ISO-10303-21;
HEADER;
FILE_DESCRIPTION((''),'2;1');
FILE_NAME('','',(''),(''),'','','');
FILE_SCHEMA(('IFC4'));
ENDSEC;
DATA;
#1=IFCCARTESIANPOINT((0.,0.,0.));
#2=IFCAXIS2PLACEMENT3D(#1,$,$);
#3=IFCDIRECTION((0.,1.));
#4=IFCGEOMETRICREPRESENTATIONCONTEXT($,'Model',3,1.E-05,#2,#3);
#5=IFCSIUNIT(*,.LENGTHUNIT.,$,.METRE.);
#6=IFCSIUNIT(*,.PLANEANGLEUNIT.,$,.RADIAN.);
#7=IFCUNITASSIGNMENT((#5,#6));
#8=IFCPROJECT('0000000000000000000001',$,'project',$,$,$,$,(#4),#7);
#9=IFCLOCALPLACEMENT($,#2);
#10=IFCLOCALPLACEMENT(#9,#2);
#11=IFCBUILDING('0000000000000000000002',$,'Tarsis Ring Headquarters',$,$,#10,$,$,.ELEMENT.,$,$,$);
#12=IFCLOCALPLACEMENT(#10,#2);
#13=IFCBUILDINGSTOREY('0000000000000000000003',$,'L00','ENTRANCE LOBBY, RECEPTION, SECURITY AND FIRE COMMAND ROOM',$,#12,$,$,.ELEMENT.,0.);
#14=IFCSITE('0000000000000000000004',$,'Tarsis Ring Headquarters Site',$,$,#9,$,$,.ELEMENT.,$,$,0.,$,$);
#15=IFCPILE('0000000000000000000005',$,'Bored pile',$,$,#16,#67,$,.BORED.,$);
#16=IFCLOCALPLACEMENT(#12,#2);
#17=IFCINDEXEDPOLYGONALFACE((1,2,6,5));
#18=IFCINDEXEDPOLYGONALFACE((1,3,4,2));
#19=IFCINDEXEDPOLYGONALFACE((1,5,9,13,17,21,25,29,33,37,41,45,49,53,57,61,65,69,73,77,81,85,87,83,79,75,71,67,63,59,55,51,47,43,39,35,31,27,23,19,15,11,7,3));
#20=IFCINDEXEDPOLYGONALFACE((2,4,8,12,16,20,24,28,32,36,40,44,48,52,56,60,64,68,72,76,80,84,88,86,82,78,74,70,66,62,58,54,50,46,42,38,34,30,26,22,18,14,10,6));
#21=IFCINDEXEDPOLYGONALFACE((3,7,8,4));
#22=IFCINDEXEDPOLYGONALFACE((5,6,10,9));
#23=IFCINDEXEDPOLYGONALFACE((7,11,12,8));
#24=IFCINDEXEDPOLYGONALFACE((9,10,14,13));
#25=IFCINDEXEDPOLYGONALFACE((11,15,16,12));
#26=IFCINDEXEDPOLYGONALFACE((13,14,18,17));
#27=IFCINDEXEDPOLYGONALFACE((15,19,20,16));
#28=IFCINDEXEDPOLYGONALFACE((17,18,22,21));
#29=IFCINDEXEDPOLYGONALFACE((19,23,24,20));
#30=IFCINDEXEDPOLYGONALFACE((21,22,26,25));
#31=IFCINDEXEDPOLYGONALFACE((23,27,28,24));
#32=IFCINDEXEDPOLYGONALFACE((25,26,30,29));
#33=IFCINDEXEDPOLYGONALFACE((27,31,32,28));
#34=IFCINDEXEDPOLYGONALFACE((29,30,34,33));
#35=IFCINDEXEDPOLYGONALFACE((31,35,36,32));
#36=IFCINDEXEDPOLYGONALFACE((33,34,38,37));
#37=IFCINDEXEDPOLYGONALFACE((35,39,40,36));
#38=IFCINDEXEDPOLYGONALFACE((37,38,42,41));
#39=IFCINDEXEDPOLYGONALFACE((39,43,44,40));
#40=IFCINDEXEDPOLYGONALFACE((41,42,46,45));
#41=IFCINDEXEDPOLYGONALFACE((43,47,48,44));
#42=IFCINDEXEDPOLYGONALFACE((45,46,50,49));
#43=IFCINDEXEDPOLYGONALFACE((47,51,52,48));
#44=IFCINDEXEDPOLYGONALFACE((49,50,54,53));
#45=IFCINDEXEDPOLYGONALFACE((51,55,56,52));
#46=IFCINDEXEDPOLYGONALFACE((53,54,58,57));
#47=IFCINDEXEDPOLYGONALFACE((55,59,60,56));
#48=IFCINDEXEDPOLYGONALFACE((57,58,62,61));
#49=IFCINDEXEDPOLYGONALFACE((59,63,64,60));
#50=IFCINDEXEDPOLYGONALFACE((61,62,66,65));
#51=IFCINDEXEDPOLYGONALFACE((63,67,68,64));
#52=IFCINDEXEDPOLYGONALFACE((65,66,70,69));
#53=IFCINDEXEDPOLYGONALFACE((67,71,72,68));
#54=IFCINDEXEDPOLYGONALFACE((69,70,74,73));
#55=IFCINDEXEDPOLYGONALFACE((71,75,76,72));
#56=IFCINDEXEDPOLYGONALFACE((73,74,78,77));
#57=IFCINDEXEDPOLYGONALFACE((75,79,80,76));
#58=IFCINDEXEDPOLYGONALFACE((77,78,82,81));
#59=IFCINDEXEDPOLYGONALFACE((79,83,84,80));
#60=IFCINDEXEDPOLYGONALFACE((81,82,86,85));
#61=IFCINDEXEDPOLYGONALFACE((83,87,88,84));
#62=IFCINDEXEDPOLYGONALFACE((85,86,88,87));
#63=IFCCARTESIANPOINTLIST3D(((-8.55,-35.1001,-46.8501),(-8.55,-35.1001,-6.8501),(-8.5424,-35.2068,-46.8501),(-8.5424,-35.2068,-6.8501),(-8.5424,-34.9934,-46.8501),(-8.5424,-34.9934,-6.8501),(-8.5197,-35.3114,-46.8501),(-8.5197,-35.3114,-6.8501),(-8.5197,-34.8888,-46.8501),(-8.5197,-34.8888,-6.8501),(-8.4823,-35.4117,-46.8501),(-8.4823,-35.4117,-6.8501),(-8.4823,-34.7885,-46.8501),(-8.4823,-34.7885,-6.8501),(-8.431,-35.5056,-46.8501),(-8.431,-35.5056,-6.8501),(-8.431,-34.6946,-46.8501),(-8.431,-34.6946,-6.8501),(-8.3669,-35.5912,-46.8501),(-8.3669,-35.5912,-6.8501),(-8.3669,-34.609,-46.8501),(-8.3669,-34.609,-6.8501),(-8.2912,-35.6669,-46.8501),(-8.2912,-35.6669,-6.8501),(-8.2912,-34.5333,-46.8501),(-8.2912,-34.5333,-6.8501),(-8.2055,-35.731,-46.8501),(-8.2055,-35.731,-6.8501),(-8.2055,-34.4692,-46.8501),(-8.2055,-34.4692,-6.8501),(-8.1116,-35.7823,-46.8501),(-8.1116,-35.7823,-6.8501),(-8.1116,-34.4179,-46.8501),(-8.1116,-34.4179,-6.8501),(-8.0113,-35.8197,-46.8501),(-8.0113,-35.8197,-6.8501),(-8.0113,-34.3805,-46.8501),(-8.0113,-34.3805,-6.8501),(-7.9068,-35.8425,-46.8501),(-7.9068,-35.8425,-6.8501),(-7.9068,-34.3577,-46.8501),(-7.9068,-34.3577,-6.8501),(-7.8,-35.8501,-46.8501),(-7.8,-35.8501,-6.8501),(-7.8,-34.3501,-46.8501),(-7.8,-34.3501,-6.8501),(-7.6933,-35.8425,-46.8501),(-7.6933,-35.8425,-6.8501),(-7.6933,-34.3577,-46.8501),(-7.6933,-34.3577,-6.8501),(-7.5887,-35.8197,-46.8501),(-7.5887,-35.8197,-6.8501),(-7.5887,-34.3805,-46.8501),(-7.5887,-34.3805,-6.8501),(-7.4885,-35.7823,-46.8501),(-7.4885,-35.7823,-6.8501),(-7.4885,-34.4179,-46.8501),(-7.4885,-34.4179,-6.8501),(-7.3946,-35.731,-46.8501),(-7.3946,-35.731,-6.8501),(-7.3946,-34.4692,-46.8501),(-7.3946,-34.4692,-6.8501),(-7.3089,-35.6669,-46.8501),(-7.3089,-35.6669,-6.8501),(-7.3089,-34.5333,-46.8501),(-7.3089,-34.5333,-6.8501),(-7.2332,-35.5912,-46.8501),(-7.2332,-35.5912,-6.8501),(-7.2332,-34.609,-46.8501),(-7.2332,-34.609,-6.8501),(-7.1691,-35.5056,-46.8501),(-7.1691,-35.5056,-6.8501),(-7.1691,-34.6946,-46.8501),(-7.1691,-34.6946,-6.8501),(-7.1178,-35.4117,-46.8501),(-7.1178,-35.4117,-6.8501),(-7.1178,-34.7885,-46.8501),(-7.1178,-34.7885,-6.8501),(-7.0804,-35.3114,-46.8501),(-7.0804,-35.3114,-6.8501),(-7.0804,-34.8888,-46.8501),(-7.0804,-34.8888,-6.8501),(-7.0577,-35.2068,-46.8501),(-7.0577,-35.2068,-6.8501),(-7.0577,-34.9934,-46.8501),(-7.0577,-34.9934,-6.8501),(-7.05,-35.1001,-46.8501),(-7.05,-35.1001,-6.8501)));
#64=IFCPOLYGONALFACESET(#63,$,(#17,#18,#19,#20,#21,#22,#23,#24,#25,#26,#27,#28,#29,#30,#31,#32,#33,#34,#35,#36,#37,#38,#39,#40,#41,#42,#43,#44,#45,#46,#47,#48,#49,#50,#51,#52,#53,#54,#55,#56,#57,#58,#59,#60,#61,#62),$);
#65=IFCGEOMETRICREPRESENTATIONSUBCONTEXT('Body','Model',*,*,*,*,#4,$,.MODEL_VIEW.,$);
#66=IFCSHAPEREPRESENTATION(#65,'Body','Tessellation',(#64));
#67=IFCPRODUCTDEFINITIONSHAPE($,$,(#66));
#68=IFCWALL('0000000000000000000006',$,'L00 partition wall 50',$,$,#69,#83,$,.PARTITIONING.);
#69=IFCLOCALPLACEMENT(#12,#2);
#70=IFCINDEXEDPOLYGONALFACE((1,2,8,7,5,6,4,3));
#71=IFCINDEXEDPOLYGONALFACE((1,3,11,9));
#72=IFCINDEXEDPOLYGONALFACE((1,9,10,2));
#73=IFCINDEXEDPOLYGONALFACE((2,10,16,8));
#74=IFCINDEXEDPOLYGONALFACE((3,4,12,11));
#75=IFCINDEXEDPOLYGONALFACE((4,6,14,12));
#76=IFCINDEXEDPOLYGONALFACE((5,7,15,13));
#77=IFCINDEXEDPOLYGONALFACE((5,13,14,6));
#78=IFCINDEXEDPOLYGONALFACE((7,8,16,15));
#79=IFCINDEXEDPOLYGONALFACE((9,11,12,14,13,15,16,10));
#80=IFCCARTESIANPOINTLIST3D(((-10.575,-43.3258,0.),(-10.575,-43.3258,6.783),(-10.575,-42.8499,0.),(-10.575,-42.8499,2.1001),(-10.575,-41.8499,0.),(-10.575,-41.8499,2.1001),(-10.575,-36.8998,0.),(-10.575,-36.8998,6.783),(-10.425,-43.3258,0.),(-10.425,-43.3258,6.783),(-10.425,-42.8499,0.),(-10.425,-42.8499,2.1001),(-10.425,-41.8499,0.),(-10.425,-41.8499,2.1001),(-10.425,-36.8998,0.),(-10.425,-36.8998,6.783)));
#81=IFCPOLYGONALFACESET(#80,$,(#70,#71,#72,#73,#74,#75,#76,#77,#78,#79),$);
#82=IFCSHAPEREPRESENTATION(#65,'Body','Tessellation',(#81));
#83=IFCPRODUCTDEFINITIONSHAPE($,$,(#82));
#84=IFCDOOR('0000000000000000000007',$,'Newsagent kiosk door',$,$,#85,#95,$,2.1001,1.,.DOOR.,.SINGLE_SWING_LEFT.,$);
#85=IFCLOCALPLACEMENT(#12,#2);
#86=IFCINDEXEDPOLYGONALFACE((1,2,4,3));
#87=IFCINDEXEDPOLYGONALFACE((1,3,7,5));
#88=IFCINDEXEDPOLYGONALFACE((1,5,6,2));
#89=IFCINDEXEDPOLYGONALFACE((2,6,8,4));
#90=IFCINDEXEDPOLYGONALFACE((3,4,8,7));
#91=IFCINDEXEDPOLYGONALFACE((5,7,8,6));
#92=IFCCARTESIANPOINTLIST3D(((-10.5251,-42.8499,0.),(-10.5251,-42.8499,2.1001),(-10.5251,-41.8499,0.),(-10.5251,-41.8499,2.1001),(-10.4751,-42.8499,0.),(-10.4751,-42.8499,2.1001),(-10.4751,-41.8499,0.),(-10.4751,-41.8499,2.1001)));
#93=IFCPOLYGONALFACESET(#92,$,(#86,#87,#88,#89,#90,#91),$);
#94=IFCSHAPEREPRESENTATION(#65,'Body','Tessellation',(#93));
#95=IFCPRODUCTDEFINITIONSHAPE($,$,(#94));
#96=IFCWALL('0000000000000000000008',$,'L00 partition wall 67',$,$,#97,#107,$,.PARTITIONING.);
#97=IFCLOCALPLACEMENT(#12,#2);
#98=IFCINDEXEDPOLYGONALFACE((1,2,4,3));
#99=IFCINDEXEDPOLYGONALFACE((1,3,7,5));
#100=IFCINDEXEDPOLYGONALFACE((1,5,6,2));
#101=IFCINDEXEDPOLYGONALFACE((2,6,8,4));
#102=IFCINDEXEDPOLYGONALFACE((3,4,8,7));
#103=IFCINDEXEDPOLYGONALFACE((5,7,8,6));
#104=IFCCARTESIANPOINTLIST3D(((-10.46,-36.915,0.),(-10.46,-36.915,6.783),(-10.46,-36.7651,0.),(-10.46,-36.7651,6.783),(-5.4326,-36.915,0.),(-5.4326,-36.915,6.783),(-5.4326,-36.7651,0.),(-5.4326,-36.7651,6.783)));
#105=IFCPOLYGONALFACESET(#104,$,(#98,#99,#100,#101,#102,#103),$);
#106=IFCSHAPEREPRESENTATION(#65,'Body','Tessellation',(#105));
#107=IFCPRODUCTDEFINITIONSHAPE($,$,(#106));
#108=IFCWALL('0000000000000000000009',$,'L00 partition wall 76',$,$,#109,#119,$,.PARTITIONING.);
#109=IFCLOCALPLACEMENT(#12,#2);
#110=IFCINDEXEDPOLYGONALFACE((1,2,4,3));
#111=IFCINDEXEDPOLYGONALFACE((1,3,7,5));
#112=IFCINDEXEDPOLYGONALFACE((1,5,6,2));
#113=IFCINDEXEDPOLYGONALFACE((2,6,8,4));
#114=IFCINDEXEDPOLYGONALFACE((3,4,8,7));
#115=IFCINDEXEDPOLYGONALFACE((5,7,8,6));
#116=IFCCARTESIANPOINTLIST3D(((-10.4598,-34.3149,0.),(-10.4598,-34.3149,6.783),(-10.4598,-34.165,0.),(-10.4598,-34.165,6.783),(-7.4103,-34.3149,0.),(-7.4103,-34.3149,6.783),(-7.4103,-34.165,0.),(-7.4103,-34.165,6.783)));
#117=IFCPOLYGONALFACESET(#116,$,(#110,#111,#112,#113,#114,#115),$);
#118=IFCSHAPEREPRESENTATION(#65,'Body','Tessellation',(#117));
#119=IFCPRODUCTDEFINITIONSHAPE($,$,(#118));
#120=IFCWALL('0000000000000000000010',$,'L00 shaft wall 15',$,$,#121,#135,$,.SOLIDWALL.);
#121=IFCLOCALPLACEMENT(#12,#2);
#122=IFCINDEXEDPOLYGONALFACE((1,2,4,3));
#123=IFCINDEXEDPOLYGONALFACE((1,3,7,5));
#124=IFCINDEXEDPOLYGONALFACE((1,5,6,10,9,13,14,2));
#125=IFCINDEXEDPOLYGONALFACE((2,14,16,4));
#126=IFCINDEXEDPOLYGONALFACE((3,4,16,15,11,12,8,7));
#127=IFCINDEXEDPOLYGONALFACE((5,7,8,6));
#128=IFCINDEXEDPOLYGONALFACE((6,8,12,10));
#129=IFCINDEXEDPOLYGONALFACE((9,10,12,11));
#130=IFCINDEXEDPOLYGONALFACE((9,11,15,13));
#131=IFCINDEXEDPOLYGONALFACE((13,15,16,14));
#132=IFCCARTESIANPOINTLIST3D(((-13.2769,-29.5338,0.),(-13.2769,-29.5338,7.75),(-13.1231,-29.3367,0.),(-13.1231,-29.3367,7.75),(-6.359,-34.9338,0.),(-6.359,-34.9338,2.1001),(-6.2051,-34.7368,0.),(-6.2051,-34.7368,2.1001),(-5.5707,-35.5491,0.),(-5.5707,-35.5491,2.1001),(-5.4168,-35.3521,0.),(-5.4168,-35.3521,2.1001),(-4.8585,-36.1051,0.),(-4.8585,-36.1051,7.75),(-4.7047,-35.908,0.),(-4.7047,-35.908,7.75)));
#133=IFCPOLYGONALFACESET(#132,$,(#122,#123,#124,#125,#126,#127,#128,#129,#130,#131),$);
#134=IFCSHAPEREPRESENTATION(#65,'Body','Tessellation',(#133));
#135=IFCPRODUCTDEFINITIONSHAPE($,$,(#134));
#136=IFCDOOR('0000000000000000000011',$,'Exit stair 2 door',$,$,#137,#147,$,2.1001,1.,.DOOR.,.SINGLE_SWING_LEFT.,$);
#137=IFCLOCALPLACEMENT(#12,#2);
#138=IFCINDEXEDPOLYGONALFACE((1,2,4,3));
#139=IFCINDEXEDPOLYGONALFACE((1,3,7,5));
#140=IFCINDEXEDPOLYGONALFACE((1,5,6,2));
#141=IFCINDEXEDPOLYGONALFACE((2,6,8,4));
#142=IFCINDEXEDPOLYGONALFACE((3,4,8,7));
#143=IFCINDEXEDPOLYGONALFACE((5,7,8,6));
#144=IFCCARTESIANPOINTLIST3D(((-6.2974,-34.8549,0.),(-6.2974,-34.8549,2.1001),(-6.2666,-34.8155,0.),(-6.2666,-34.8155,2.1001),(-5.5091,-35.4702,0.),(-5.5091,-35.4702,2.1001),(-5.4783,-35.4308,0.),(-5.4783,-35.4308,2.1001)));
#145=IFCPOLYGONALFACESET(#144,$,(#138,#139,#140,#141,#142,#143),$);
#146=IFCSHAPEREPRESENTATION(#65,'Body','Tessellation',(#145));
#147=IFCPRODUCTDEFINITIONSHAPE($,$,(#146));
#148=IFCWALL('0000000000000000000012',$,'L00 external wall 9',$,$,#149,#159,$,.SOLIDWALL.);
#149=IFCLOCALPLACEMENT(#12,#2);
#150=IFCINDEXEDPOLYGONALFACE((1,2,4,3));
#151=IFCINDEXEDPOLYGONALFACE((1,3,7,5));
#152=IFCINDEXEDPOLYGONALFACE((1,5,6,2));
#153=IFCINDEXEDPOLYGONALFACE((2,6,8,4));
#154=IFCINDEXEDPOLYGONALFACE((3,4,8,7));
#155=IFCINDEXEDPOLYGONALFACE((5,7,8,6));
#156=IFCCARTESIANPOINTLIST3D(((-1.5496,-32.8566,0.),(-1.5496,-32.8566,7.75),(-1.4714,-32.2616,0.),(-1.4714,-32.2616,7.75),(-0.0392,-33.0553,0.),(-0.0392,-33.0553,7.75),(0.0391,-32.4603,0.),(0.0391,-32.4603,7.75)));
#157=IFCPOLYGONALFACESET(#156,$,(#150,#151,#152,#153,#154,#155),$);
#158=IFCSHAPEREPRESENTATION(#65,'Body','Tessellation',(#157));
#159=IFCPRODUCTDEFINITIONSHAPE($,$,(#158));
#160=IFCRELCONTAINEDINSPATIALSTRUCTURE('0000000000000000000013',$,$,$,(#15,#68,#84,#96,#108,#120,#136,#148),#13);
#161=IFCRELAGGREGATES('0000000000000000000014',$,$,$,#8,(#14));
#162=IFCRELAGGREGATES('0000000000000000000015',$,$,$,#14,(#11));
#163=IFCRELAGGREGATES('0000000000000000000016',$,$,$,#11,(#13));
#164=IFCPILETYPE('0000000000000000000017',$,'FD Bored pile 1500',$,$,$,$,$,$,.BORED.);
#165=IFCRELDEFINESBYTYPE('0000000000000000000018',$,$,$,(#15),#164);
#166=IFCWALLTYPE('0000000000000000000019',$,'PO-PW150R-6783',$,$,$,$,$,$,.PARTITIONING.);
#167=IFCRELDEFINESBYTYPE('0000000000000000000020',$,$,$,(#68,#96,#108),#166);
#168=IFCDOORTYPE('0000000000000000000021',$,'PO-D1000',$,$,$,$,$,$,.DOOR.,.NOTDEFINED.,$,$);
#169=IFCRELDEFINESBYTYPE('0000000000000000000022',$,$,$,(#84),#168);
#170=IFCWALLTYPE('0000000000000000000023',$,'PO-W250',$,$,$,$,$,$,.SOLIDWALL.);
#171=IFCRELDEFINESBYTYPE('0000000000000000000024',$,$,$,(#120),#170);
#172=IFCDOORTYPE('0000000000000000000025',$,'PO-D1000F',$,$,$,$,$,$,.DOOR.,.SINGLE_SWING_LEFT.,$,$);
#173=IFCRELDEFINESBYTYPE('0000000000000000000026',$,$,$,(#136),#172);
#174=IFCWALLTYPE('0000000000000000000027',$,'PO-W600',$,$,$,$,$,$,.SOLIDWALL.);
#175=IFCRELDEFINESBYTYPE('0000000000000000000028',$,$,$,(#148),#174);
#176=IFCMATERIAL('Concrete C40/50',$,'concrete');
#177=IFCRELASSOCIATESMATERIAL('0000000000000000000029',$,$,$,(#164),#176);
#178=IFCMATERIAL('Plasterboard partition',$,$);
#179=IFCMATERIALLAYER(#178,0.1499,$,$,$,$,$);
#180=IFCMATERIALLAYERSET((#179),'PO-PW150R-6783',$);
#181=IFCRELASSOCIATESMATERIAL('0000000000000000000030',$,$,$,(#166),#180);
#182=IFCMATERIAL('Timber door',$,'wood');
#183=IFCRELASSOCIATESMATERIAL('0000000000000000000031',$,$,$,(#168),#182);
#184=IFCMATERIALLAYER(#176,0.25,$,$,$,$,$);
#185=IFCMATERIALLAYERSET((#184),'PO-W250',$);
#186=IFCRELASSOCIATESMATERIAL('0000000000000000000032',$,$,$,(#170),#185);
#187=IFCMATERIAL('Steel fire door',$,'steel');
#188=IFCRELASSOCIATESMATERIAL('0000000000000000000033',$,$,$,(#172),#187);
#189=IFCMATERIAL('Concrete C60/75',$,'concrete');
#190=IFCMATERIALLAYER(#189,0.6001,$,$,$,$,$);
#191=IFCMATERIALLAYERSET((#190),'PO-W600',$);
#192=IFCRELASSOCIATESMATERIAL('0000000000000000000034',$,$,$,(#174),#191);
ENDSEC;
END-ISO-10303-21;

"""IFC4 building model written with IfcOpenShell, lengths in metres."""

from ifc_helpers import new_model, si_unit, direction, frame, frame_2d, origin, origin_2d, place, context, subcontext, project, spatial, rectangle, circle, extrude, material, layer, layer_set, material_profile, profile_set, type_object, element, fill, save


model = new_model("IFC4")

# Units and contexts
model_context = context("Model", 3, precision=1e-05, world=origin(), true_north=direction((0.0, 1.0)))
body_context = subcontext(model_context, "Body", "Model", "MODEL_VIEW")
ifc_project = project(units=[si_unit("LENGTHUNIT", "METRE"), si_unit("PLANEANGLEUNIT", "RADIAN")], contexts=[model_context])

# Site, building, storey
site_placement = place(None, origin())
site = spatial("IfcSite", under=ifc_project, at=site_placement, Name="Tarsis Ring Headquarters Site", CompositionType="ELEMENT", RefElevation=0.0)
building_placement = place(site_placement, origin())
building = spatial("IfcBuilding", under=site, at=building_placement, Name="Tarsis Ring Headquarters", CompositionType="ELEMENT")
storey_placement = place(building_placement, origin())
storey = spatial("IfcBuildingStorey", under=building, at=storey_placement, Name="L00", Description="ENTRANCE LOBBY, RECEPTION, SECURITY AND FIRE COMMAND ROOM", CompositionType="ELEMENT", Elevation=0.0)

# Pile
ifc_material_1 = material(Name="Concrete C40/50", Category="concrete")
ifc_material_profile = material_profile(ifc_material_1, circle(Radius=0.75, at=origin_2d()), Name="BORED 1500")
ifc_profile_set = profile_set([ifc_material_profile], Name="Concrete C40/50")
pile_type = type_object("IfcPileType", Name="FD Bored pile 1500", PredefinedType="BORED", material=ifc_profile_set)
for number, where, z_axis, x_axis, name in (
    (1, (-7.8, -35.1001, -6.8501), (0.0, 0.0, -1.0), (1.0, 0.0, 0.0), "Bored pile"),
):
    element("IfcPile", number, at=place(storey_placement, frame(where, z_axis=z_axis, x_axis=x_axis)), inside=storey, type_object=pile_type, Name=name, PredefinedType="BORED", context=body_context, shape_type="SweptSolid", body=[
        extrude(circle(Radius=0.75, at=origin_2d()), origin(), (0.0, 0.0, 1.0), 40.0),
    ])

# Wall, opening, door
ifc_material_2 = material(Name="Plasterboard partition")
ifc_layer_1 = layer(ifc_material_2, 0.1499)
ifc_layer_set_1 = layer_set([ifc_layer_1], Name="PO-PW150R-6783")
wall_type_1 = type_object("IfcWallType", Name="PO-PW150R-6783", PredefinedType="PARTITIONING", material=ifc_layer_set_1)
wall_1_placement = place(storey_placement, frame((-10.5, -36.8999, 0.0), z_axis=(0.0, 0.0, 1.0), x_axis=(0.0, -1.0, 0.0)))
wall_1 = element("IfcWall", 2, at=wall_1_placement, inside=storey, type_object=wall_type_1, Name="L00 partition wall 50", PredefinedType="PARTITIONING", context=body_context, shape_type="SweptSolid", body=[
    extrude(rectangle(XDim=6.426, YDim=0.1499, at=frame_2d((3.2129, 0.0))), origin(), (0.0, 0.0, 1.0), 6.783),
])
opening_1_placement = place(wall_1_placement, frame((4.95, 0.0, 0.0)))
opening_1 = element("IfcOpeningElement", 3, at=opening_1_placement, cuts=wall_1, PredefinedType="OPENING", context=body_context, shape_type="SweptSolid", body=[
    extrude(rectangle(XDim=1.0, YDim=2.1001, at=frame_2d((0.5, 1.05))), frame((0.0, 0.085, 0.0), z_axis=(0.0, -1.0, 0.0), x_axis=(1.0, 0.0, 0.0)), (0.0, 0.0, 1.0), 0.1699),
])
ifc_material_3 = material(Name="Timber door", Category="wood")
door_type_1 = type_object("IfcDoorType", Name="PO-D1000", OperationType="NOTDEFINED", PredefinedType="DOOR", material=ifc_material_3)
door_1_placement = place(opening_1_placement, origin())
door_1 = element("IfcDoor", 4, at=door_1_placement, inside=storey, type_object=door_type_1, Name="Newsagent kiosk door", OperationType="SINGLE_SWING_LEFT", OverallHeight=2.1001, OverallWidth=1.0, PredefinedType="DOOR", context=body_context, shape_type="SweptSolid", body=[
    extrude(rectangle(XDim=1.0, YDim=2.1001, at=frame_2d((0.5, 1.05))), frame((0.0, 0.0249, 0.0), z_axis=(0.0, -1.0, 0.0), x_axis=(1.0, 0.0, 0.0)), (0.0, 0.0, 1.0), 0.05),
])
fill(opening_1, door_1)

# Walls
wall_2_placement = place(storey_placement, frame((-5.4326, -36.8401, 0.0), z_axis=(0.0, 0.0, 1.0), x_axis=(-1.0, 0.0, 0.0)))
element("IfcWall", 5, at=wall_2_placement, inside=storey, type_object=wall_type_1, Name="L00 partition wall 67", PredefinedType="PARTITIONING", context=body_context, shape_type="SweptSolid", body=[
    extrude(rectangle(XDim=5.0273, YDim=0.1499, at=frame_2d((2.5137, 0.0))), origin(), (0.0, 0.0, 1.0), 6.783),
])
wall_3_placement = place(storey_placement, frame((-10.46, -34.24, 0.0), z_axis=(0.0, 0.0, 1.0), x_axis=(1.0, 0.0, 0.0)))
element("IfcWall", 6, at=wall_3_placement, inside=storey, type_object=wall_type_1, Name="L00 partition wall 76", PredefinedType="PARTITIONING", context=body_context, shape_type="SweptSolid", body=[
    extrude(rectangle(XDim=3.0496, YDim=0.1499, at=frame_2d((1.5249, 0.0))), origin(), (0.0, 0.0, 1.0), 6.783),
])

# Wall, opening, door
ifc_layer_2 = layer(ifc_material_1, 0.25)
ifc_layer_set_2 = layer_set([ifc_layer_2], Name="PO-W250")
wall_type_2 = type_object("IfcWallType", Name="PO-W250", PredefinedType="SOLIDWALL", material=ifc_layer_set_2)
wall_4_placement = place(storey_placement, frame((-4.7815, -36.0066, 0.0), z_axis=(0.0, 0.0, 1.0), x_axis=(-0.78828, 0.615317, 0.0)))
wall_4 = element("IfcWall", 7, at=wall_4_placement, inside=storey, type_object=wall_type_2, Name="L00 shaft wall 15", PredefinedType="SOLIDWALL", context=body_context, shape_type="SweptSolid", body=[
    extrude(rectangle(XDim=10.6794, YDim=0.25, at=frame_2d((5.3398, 0.0))), origin(), (0.0, 0.0, 1.0), 7.75),
])
opening_2_placement = place(wall_4_placement, frame((0.9036, 0.0, 0.0)))
opening_2 = element("IfcOpeningElement", 8, at=opening_2_placement, cuts=wall_4, PredefinedType="OPENING", context=body_context, shape_type="SweptSolid", body=[
    extrude(rectangle(XDim=1.0, YDim=2.1001, at=frame_2d((0.5, 1.05))), frame((0.0, 0.135, 0.0), z_axis=(0.0, -1.0, 0.0), x_axis=(1.0, 0.0, 0.0)), (0.0, 0.0, 1.0), 0.27),
])
ifc_material_4 = material(Name="Steel fire door", Category="steel")
door_type_2 = type_object("IfcDoorType", Name="PO-D1000F", OperationType="SINGLE_SWING_LEFT", PredefinedType="DOOR", material=ifc_material_4)
door_2_placement = place(opening_2_placement, origin())
door_2 = element("IfcDoor", 9, at=door_2_placement, inside=storey, type_object=door_type_2, Name="Exit stair 2 door", OperationType="SINGLE_SWING_LEFT", OverallHeight=2.1001, OverallWidth=1.0, PredefinedType="DOOR", context=body_context, shape_type="SweptSolid", body=[
    extrude(rectangle(XDim=1.0, YDim=2.1001, at=frame_2d((0.5, 1.05))), frame((0.0, 0.0249, 0.0), z_axis=(0.0, -1.0, 0.0), x_axis=(1.0, 0.0, 0.0)), (0.0, 0.0, 1.0), 0.05),
])
fill(opening_2, door_2)

# Wall
ifc_material_5 = material(Name="Concrete C60/75", Category="concrete")
ifc_layer_3 = layer(ifc_material_5, 0.6001)
ifc_layer_set_3 = layer_set([ifc_layer_3], Name="PO-W600")
wall_type_3 = type_object("IfcWallType", Name="PO-W600", PredefinedType="SOLIDWALL", material=ifc_layer_set_3)
wall_5_placement = place(storey_placement, frame((-1.5105, -32.5591, 0.0), z_axis=(0.0, 0.0, 1.0), x_axis=(0.991456, -0.130442, 0.0)))
element("IfcWall", 10, at=wall_5_placement, inside=storey, type_object=wall_type_3, Name="L00 external wall 9", PredefinedType="SOLIDWALL", context=body_context, shape_type="SweptSolid", body=[
    extrude(rectangle(XDim=1.5234, YDim=0.6001, at=frame_2d((0.7617, 0.0))), origin(), (0.0, 0.0, 1.0), 7.75),
])

save(model, "model.ifc")
